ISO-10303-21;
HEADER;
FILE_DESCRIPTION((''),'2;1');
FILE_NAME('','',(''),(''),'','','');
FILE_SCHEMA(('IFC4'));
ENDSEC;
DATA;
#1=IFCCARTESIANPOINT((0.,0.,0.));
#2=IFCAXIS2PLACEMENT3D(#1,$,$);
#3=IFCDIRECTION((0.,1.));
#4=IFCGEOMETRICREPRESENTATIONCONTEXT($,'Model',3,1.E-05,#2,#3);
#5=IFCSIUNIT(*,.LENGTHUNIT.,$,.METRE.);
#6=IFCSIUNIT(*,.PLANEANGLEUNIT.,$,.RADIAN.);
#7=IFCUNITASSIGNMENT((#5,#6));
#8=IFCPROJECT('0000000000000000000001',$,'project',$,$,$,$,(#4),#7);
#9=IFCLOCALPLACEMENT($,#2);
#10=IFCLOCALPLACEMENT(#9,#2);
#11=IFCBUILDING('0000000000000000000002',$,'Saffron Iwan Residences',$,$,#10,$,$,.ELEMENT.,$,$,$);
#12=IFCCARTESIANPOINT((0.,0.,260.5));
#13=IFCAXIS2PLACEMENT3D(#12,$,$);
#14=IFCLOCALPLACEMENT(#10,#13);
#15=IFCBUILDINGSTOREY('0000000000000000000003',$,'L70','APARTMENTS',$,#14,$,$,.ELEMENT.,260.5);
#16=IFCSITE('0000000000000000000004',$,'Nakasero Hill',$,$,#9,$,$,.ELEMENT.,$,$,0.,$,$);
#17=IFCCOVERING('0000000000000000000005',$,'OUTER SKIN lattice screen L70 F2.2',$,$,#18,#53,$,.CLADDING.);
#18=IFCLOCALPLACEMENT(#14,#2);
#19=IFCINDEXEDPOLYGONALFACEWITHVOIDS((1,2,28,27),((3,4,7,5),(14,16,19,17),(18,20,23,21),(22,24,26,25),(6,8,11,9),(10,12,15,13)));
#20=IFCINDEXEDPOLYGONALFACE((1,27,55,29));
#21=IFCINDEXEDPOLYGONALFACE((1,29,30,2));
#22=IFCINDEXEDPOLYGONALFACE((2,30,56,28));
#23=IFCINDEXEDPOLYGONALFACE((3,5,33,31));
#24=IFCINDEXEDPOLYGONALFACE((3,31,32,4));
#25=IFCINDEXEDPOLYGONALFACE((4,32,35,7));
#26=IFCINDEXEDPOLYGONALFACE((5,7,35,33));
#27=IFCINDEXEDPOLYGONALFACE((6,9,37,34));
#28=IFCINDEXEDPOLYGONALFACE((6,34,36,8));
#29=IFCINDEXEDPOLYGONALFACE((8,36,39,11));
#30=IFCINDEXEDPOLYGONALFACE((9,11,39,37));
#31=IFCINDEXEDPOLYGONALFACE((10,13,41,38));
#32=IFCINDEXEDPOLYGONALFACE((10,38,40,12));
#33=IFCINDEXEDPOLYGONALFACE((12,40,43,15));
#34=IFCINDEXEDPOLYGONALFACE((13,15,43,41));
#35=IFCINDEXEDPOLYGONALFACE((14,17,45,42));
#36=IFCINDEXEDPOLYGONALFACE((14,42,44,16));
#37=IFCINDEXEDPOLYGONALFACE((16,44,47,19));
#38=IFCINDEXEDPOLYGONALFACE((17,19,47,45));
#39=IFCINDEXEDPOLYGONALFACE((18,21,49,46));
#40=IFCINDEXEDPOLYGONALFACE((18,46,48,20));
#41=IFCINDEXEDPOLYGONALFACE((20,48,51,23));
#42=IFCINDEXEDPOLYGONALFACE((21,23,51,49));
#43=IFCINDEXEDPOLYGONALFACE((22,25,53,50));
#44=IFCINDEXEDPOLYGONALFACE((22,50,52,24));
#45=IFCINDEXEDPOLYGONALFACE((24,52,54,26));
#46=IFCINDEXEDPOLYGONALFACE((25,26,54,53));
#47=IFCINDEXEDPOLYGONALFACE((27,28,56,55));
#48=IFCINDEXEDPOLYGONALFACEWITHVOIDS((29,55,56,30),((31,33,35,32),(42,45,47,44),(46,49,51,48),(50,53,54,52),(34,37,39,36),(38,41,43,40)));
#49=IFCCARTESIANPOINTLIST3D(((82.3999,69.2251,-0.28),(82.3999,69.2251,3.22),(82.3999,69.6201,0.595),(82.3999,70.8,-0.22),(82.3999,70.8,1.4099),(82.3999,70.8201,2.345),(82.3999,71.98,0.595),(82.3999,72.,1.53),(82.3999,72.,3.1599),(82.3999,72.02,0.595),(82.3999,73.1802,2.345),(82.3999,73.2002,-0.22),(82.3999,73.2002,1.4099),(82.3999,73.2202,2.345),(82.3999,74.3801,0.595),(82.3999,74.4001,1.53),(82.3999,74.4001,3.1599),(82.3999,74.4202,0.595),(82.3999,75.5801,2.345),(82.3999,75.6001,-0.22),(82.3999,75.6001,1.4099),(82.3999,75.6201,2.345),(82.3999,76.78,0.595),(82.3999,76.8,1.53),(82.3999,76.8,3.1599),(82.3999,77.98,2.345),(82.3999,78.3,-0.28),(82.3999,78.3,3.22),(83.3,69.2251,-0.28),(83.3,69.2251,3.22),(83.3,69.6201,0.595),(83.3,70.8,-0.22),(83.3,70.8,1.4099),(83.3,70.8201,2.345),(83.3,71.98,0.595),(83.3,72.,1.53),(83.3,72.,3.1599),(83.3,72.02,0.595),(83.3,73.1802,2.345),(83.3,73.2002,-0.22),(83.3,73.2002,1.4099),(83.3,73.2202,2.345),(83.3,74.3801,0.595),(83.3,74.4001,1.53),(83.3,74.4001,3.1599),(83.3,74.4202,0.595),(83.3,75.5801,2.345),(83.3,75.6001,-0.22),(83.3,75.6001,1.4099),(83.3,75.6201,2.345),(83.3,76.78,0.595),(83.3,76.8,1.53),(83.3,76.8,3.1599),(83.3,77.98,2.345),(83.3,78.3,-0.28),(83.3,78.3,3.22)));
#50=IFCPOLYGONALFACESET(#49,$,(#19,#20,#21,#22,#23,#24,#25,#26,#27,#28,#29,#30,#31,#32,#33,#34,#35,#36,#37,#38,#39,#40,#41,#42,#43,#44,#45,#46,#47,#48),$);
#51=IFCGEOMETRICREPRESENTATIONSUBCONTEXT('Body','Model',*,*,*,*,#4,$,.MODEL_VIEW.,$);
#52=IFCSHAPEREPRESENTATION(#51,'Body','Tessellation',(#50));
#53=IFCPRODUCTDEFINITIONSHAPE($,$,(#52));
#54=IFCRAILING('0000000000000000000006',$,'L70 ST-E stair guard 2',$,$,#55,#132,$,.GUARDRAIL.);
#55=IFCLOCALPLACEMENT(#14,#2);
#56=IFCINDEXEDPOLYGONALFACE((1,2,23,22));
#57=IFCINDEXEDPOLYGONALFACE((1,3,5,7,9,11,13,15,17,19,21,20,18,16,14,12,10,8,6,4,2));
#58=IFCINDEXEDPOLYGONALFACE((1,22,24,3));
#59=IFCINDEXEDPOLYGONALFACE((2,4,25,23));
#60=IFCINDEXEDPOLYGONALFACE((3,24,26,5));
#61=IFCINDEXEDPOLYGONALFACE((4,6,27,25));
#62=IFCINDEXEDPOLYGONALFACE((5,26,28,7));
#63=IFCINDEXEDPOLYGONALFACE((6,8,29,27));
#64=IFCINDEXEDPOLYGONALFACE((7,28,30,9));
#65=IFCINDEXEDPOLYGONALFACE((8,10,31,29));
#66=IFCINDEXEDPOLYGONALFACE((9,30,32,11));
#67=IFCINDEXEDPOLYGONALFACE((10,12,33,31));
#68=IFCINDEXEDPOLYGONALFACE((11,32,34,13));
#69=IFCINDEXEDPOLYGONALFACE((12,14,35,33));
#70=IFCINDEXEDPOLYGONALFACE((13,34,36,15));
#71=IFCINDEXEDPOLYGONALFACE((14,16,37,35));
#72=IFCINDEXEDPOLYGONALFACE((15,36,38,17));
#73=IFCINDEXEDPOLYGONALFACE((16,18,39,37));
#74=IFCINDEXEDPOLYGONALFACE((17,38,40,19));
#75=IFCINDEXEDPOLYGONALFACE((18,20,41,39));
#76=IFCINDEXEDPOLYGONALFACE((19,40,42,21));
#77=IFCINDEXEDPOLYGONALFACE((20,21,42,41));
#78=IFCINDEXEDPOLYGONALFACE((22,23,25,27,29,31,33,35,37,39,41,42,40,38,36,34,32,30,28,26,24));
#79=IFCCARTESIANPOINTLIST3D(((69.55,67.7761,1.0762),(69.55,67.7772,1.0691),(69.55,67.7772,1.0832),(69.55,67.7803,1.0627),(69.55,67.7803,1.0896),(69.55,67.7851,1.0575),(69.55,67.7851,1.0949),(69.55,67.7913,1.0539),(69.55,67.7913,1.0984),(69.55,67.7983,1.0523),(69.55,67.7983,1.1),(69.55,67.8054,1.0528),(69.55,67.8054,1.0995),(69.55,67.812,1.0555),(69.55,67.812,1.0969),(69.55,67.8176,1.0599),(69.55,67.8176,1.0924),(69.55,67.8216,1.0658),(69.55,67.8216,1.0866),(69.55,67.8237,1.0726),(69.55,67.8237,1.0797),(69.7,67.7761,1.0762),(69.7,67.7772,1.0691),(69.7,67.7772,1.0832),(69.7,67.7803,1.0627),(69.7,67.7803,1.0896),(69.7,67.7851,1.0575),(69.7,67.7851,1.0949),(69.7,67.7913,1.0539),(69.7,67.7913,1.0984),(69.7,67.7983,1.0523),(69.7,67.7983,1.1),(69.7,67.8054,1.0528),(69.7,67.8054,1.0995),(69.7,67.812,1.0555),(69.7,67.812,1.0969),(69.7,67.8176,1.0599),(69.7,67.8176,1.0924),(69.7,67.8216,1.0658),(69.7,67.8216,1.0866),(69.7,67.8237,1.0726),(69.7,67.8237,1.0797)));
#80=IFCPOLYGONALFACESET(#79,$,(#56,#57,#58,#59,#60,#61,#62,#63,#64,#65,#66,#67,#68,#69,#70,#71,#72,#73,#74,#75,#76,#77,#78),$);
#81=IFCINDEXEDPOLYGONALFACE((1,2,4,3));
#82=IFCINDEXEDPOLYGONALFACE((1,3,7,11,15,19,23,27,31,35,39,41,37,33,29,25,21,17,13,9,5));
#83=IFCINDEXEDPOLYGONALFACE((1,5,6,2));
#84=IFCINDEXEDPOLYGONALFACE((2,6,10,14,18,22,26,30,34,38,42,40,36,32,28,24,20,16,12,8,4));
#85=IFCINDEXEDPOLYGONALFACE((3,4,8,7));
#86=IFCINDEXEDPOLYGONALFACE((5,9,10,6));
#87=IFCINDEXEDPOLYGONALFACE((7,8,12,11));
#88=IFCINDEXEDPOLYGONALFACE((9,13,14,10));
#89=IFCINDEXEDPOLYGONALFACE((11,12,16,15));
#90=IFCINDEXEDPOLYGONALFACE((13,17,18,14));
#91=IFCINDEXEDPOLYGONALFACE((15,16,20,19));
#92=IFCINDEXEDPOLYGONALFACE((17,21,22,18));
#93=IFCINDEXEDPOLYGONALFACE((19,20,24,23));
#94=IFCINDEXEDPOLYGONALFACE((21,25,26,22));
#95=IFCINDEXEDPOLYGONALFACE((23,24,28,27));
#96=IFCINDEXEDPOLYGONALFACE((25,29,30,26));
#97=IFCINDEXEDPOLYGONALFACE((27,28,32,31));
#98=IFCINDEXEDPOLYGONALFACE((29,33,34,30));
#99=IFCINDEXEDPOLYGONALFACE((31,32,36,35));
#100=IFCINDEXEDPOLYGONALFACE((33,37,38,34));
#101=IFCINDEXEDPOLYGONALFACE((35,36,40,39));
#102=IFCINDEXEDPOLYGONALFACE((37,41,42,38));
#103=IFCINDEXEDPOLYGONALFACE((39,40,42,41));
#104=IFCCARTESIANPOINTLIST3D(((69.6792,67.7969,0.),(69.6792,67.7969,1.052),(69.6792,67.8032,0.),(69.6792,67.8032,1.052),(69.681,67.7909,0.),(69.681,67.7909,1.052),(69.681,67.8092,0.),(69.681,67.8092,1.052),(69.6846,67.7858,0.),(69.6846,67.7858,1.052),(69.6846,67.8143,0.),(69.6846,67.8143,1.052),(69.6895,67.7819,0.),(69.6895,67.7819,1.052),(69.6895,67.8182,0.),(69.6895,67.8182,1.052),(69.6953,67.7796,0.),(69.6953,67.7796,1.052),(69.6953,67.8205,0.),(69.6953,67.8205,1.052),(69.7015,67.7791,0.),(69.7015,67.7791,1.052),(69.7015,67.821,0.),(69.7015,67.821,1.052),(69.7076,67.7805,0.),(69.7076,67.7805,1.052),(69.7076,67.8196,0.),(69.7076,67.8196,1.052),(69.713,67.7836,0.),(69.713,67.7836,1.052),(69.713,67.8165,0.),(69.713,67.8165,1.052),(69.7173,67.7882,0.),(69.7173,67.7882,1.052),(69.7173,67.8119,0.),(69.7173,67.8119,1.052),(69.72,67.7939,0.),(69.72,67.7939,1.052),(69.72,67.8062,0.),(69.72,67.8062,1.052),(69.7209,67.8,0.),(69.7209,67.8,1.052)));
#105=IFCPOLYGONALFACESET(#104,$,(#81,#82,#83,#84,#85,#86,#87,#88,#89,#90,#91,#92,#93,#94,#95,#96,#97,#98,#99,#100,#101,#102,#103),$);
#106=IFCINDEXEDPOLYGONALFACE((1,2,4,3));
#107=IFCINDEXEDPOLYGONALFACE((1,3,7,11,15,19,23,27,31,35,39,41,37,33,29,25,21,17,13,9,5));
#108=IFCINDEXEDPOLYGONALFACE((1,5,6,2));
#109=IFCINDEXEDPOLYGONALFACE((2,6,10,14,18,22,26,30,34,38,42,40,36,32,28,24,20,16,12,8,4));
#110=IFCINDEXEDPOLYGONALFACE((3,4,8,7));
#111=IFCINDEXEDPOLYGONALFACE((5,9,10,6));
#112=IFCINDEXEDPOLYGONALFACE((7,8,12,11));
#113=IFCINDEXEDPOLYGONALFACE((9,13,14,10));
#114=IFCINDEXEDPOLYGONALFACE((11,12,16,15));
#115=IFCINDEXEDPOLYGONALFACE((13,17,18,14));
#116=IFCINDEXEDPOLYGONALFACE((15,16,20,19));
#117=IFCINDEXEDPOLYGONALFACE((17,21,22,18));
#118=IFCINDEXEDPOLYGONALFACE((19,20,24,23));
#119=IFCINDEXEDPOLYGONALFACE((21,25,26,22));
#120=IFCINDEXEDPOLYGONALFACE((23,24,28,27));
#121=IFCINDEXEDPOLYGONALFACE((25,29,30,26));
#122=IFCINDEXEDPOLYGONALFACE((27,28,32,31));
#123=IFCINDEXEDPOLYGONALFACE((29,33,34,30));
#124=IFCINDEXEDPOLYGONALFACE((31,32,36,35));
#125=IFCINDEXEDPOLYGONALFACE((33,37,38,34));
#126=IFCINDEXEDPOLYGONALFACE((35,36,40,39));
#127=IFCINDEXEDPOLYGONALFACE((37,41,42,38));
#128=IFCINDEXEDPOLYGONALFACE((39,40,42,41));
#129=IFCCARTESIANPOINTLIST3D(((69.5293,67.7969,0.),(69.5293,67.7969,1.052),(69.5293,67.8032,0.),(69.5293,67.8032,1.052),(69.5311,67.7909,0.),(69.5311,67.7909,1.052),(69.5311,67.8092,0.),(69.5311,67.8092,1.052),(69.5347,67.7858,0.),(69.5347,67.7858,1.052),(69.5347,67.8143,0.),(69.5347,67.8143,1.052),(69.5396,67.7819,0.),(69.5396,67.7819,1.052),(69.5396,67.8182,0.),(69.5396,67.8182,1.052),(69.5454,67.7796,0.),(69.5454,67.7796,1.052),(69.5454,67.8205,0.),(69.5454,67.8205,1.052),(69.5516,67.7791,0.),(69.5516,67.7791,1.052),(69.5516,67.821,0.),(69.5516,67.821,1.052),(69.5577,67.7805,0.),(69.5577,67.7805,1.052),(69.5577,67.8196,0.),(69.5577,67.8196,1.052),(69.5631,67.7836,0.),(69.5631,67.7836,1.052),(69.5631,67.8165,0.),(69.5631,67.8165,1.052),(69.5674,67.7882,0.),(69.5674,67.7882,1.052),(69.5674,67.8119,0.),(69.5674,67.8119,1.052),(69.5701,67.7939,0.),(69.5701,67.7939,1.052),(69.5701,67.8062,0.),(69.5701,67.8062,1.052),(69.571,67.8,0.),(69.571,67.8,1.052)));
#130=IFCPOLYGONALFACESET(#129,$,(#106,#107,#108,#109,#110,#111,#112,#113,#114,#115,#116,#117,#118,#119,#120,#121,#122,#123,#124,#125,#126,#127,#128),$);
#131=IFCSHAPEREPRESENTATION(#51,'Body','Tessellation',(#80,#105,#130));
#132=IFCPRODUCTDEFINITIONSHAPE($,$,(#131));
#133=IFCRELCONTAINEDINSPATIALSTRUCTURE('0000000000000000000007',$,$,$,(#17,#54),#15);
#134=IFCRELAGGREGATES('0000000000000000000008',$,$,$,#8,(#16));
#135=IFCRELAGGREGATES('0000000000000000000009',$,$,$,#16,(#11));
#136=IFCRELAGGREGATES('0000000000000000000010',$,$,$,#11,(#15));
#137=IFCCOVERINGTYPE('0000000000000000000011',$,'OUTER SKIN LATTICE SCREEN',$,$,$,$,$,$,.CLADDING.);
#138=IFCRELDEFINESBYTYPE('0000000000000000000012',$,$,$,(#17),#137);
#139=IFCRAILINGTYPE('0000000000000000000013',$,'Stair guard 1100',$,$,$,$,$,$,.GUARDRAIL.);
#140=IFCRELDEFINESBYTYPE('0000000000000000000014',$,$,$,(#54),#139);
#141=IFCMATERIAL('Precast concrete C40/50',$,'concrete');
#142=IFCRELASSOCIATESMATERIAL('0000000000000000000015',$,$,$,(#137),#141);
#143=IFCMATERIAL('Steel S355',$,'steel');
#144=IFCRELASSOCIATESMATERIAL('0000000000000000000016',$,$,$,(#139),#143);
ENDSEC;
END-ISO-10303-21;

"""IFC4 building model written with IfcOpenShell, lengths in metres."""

from ifc_helpers import new_model, si_unit, direction, frame, origin, origin_2d, place, context, subcontext, project, spatial, polyline, circle, outline, extrude, material, type_object, element, save


model = new_model("IFC4")

# Units and contexts
model_context = context("Model", 3, precision=1e-05, world=origin(), true_north=direction((0.0, 1.0)))
body_context = subcontext(model_context, "Body", "Model", "MODEL_VIEW")
ifc_project = project(units=[si_unit("LENGTHUNIT", "METRE"), si_unit("PLANEANGLEUNIT", "RADIAN")], contexts=[model_context])

# Site, building, storey
site_placement = place(None, origin())
site = spatial("IfcSite", under=ifc_project, at=site_placement, Name="Nakasero Hill", CompositionType="ELEMENT", RefElevation=0.0)
building_placement = place(site_placement, origin())
building = spatial("IfcBuilding", under=site, at=building_placement, Name="Saffron Iwan Residences", CompositionType="ELEMENT")
storey_placement = place(building_placement, frame((0.0, 0.0, 260.5)))
storey = spatial("IfcBuildingStorey", under=building, at=storey_placement, Name="L70", Description="APARTMENTS", CompositionType="ELEMENT", Elevation=260.5)

# Covering
ifc_material_1 = material(Name="Precast concrete C40/50", Category="concrete")
covering_type = type_object("IfcCoveringType", Name="OUTER SKIN LATTICE SCREEN", PredefinedType="CLADDING", material=ifc_material_1)
covering_placement = place(storey_placement, frame((82.3999, 69.2251, -0.28), z_axis=(1.0, 0.0, 0.0), x_axis=(0.0, 1.0, 0.0)))
element("IfcCovering", 1, at=covering_placement, inside=storey, type_object=covering_type, Name="OUTER SKIN lattice screen L70 F2.2", PredefinedType="CLADDING", context=body_context, shape_type="SweptSolid", body=[
    extrude(outline(polyline([(0.0, 0.0), (9.075, 0.0), (9.075, 3.5), (0.0, 3.5), (0.0, 0.0)]), holes=[polyline([(0.395, 0.875), (1.575, 0.0601), (2.7549, 0.875), (1.575, 1.6899), (0.395, 0.875)]), polyline([(2.7949, 0.875), (3.9751, 0.0601), (5.155, 0.875), (3.9751, 1.6899), (2.7949, 0.875)]), polyline([(5.1951, 0.875), (6.375, 0.0601), (7.5549, 0.875), (6.375, 1.6899), (5.1951, 0.875)]), polyline([(1.595, 2.625), (2.7749, 1.8101), (3.9551, 2.625), (2.7749, 3.4399), (1.595, 2.625)]), polyline([(3.9951, 2.625), (5.175, 1.8101), (6.355, 2.625), (5.175, 3.4399), (3.9951, 2.625)]), polyline([(6.395, 2.625), (7.575, 1.8101), (8.7549, 2.625), (7.575, 3.4399), (6.395, 2.625)])]), origin(), (0.0, 0.0, 1.0), 0.9001),
])

# Railing
ifc_material_2 = material(Name="Steel S355", Category="steel")
railing_type_1 = type_object("IfcRailingType", Name="Stair guard 1100", PredefinedType="GUARDRAIL", material=ifc_material_2)
railing_1_placement = place(storey_placement, frame((69.7, 67.8, 0.0)))
element("IfcRailing", 2, at=railing_1_placement, inside=storey, type_object=railing_type_1, Name="L70 ST-E stair guard 2", PredefinedType="GUARDRAIL", context=body_context, shape_type="SweptSolid", body=[
    extrude(circle(Radius=0.0239, at=origin_2d()), frame((0.0, 0.0, 1.0762), z_axis=(-1.0, 0.0, 0.0), x_axis=(0.0, -1.0, 0.0)), (0.0, 0.0, 1.0), 0.1499),
    extrude(circle(Radius=0.021, at=origin_2d()), origin(), (0.0, 0.0, 1.0), 1.052),
    extrude(circle(Radius=0.021, at=origin_2d()), frame((-0.1499, 0.0, 0.0)), (0.0, 0.0, 1.0), 1.052),
])

save(model, "model.ifc")
